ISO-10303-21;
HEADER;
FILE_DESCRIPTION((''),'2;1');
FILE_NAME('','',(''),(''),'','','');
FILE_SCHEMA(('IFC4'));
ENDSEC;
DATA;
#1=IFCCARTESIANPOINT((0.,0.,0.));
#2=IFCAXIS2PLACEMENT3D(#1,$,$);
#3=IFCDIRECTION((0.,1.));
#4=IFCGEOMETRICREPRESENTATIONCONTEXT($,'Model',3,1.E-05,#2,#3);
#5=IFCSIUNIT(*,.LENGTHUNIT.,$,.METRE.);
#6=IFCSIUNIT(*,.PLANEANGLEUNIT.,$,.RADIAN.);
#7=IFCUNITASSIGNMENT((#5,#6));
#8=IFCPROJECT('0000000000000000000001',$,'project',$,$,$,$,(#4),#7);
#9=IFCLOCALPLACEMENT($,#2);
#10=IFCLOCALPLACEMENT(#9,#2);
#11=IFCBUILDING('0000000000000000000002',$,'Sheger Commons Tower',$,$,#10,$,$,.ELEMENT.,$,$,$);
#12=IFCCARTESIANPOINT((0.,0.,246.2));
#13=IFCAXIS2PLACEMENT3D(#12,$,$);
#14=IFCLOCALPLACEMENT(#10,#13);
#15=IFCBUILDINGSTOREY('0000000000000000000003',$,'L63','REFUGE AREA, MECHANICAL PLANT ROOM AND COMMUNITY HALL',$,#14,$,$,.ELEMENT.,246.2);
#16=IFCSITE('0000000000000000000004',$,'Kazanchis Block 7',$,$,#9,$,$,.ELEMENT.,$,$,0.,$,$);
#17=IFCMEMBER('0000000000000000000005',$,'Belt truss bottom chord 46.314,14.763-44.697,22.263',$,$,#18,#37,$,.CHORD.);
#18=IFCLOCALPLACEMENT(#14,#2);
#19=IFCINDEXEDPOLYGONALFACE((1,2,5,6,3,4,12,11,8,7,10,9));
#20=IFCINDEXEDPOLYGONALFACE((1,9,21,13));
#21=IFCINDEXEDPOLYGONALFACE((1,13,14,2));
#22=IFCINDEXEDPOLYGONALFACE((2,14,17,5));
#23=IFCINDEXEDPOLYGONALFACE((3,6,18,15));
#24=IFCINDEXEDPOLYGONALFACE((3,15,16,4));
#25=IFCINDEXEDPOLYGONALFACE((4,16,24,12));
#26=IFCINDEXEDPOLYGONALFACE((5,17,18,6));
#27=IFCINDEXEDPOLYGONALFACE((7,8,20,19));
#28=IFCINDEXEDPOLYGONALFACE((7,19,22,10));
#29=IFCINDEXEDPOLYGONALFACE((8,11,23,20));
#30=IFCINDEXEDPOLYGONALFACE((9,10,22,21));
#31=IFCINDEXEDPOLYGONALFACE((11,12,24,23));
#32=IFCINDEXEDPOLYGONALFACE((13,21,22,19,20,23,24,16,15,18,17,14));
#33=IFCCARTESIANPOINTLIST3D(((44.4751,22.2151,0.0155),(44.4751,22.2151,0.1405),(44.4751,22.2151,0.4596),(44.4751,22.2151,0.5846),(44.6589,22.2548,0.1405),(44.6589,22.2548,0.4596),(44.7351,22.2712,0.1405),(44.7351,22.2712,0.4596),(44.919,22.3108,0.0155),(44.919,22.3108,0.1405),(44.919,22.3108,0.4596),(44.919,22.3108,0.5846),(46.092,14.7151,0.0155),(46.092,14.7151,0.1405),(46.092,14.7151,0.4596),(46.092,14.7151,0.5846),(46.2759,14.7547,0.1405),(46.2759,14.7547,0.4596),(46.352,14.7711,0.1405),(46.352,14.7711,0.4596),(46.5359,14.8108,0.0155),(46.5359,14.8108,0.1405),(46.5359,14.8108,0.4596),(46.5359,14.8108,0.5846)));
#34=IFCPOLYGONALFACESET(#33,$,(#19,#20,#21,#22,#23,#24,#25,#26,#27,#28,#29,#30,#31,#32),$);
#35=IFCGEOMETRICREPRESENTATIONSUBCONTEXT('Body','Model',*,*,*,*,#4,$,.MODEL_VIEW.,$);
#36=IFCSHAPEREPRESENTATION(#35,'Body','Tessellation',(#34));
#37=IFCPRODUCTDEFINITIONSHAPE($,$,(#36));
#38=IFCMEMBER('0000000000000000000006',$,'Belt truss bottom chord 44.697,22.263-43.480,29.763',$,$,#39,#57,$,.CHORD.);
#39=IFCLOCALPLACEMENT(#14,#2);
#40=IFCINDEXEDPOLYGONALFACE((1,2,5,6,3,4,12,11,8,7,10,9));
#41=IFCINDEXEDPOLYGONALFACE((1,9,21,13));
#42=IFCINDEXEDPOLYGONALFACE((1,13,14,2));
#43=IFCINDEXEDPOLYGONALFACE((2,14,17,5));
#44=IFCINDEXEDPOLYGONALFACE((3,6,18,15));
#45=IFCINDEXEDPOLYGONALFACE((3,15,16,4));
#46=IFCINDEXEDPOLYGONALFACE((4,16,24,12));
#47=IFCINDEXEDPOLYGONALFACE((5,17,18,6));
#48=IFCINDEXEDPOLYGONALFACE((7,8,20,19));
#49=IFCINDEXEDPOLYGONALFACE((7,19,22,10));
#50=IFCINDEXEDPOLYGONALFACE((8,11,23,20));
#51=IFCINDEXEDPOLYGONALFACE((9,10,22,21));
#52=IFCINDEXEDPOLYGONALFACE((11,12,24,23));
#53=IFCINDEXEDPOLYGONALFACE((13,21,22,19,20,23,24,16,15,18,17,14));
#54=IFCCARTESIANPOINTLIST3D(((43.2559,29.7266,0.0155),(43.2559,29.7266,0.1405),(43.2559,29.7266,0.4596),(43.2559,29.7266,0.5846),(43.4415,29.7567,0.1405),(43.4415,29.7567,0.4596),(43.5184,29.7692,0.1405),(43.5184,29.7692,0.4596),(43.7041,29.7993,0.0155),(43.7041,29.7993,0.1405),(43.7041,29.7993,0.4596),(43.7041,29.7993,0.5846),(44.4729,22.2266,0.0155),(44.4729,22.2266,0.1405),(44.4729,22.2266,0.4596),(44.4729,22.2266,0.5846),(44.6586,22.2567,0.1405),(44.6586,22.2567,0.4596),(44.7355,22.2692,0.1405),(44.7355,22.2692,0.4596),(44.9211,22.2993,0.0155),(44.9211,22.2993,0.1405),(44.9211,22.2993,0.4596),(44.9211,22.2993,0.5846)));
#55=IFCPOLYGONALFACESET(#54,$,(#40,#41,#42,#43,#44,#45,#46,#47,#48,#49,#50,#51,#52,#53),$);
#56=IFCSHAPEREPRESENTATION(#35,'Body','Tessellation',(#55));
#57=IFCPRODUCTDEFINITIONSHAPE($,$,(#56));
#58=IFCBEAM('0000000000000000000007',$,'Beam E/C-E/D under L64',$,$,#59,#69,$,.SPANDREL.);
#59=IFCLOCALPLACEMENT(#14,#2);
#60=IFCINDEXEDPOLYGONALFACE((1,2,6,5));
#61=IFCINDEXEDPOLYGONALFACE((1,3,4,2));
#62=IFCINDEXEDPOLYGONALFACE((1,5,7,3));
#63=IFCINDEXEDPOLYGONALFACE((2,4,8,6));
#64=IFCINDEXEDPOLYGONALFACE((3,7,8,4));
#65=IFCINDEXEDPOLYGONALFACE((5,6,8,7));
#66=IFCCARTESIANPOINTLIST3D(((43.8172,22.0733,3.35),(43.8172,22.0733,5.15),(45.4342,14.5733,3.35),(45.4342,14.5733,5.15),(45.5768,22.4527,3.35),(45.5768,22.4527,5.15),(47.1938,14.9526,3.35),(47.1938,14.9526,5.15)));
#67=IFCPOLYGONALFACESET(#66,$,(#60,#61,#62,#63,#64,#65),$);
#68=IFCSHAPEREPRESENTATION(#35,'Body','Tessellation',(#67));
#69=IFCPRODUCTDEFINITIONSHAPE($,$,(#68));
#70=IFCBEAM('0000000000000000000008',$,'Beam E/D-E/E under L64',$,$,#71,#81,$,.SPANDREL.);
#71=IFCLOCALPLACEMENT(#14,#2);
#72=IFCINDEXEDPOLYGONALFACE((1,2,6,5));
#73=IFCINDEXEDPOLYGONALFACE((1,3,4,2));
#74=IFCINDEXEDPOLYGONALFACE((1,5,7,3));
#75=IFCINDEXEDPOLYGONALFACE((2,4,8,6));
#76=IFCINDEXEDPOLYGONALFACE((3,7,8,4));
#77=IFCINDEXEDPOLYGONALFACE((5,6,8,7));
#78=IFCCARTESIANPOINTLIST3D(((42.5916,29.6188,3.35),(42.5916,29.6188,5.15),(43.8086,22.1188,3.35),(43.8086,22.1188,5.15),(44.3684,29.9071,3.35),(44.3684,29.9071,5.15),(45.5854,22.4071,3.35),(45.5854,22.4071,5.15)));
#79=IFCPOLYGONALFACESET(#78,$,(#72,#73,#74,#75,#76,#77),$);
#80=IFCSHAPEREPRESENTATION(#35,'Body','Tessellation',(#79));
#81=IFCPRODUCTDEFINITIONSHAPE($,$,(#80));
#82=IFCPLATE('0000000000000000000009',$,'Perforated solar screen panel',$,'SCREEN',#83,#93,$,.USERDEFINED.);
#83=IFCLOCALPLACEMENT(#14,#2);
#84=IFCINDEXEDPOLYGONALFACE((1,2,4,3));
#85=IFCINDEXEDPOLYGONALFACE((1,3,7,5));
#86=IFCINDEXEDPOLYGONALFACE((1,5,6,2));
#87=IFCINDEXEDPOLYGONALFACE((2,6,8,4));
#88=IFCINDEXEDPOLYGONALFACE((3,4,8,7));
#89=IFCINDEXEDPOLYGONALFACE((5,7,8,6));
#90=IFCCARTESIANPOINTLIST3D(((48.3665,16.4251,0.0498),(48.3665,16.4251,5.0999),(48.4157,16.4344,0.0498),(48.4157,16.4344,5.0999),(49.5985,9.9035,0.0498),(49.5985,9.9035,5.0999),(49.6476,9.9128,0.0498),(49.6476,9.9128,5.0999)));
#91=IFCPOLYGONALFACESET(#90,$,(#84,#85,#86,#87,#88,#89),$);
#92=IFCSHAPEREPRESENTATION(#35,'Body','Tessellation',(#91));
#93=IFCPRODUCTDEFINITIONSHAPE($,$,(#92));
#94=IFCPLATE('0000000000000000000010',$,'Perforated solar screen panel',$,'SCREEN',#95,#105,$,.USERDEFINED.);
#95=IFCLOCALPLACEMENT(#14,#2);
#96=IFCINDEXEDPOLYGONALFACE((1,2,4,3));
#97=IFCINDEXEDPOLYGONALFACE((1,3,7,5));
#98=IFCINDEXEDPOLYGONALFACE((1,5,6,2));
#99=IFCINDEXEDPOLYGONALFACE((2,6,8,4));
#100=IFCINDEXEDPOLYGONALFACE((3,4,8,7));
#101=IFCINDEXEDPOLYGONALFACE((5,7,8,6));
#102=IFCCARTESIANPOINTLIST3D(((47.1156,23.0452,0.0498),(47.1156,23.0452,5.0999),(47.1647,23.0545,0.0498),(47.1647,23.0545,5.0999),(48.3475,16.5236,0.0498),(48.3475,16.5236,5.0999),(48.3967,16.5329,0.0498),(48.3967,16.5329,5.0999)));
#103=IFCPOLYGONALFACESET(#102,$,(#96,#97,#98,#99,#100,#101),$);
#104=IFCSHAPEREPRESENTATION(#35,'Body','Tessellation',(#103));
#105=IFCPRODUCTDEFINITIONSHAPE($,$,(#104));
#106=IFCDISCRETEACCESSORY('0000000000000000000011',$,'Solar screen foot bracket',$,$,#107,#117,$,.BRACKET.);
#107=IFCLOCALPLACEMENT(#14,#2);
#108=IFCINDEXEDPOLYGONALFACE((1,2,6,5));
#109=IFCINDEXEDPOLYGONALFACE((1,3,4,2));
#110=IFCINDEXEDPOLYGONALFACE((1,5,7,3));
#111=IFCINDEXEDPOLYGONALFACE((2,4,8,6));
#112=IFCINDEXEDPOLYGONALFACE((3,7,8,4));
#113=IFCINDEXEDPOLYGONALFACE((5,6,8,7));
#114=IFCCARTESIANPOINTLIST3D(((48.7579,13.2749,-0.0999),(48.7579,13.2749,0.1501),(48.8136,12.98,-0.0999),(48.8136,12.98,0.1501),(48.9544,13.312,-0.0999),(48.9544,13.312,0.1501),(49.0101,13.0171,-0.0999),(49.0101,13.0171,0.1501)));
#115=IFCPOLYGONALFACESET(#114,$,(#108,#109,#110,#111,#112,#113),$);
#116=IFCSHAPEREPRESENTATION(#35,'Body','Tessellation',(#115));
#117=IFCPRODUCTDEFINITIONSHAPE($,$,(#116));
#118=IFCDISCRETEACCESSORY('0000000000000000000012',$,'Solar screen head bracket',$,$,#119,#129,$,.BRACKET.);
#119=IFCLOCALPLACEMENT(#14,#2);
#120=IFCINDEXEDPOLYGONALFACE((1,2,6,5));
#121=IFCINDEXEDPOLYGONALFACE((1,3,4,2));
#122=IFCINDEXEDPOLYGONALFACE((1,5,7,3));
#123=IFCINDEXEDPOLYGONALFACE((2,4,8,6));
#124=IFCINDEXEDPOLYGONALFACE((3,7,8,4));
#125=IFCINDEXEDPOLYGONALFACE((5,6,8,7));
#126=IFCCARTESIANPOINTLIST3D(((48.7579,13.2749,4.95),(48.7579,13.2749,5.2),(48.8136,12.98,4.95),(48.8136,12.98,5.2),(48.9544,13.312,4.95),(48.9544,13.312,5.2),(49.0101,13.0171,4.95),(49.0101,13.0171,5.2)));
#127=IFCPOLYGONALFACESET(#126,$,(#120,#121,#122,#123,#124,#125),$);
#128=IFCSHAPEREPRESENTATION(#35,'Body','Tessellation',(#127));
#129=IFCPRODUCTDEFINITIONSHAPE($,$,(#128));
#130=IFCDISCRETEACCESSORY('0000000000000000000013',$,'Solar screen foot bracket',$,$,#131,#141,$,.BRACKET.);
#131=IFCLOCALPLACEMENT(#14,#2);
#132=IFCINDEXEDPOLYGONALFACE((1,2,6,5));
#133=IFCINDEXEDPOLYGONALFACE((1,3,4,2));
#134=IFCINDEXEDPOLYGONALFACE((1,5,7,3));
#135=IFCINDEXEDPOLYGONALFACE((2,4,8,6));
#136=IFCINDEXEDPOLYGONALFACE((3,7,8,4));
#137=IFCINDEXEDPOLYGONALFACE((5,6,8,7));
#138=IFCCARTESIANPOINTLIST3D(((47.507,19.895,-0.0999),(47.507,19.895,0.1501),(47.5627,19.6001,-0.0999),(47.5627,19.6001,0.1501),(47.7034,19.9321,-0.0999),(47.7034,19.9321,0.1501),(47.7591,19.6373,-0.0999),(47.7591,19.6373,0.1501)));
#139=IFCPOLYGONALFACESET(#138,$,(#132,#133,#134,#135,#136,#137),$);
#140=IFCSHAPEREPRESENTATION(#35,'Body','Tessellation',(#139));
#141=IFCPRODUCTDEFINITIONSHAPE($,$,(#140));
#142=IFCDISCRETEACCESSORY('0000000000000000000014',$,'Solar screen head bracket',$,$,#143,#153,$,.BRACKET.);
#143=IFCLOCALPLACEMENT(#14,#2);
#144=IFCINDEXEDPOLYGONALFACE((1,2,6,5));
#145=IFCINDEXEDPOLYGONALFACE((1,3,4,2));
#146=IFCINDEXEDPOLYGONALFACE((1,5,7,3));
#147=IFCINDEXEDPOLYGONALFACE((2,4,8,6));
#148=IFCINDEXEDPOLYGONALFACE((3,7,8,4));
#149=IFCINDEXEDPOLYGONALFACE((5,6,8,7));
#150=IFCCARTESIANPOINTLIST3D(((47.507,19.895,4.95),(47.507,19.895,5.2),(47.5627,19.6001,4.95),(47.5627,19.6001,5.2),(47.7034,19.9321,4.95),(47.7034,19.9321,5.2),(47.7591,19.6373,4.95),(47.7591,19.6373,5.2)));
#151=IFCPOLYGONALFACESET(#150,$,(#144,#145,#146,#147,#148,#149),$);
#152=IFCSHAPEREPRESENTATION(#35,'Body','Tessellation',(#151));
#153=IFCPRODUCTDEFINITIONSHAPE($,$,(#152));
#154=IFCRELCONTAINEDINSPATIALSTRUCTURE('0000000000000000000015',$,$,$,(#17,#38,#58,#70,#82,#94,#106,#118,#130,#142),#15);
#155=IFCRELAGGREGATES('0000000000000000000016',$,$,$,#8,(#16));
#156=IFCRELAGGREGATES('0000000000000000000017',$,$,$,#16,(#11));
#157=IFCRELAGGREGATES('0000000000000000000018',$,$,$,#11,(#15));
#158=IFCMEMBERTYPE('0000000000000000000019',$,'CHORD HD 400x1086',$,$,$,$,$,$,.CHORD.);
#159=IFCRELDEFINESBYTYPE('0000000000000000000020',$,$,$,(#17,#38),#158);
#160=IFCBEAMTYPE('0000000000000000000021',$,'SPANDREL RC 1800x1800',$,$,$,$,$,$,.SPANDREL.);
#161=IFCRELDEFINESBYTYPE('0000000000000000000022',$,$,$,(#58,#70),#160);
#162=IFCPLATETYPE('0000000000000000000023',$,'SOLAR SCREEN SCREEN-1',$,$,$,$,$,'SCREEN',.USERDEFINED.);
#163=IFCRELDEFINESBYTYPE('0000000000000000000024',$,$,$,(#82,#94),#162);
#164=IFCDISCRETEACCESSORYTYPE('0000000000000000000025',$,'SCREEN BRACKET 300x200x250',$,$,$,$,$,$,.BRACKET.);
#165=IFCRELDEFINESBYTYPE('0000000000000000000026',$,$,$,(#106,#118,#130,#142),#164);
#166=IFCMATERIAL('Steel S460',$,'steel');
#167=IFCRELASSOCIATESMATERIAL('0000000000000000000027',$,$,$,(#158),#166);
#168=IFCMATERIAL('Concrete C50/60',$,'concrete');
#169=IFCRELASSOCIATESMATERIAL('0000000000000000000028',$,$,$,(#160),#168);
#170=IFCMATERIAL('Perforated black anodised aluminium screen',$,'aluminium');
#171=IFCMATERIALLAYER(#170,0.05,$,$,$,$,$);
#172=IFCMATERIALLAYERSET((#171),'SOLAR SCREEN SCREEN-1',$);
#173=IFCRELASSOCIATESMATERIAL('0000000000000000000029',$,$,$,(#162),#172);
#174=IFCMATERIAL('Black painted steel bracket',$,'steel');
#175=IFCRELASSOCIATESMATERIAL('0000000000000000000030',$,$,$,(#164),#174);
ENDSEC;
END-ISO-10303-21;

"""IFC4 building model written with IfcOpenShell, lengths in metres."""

from ifc_helpers import new_model, si_unit, direction, frame, origin, origin_2d, place, context, subcontext, project, spatial, rectangle, i_section, extrude, material, layer, layer_set, material_profile, profile_set, type_object, element, save


model = new_model("IFC4")

# Units and contexts
model_context = context("Model", 3, precision=1e-05, world=origin(), true_north=direction((0.0, 1.0)))
body_context = subcontext(model_context, "Body", "Model", "MODEL_VIEW")
ifc_project = project(units=[si_unit("LENGTHUNIT", "METRE"), si_unit("PLANEANGLEUNIT", "RADIAN")], contexts=[model_context])

# Site, building, storey
site_placement = place(None, origin())
site = spatial("IfcSite", under=ifc_project, at=site_placement, Name="Kazanchis Block 7", CompositionType="ELEMENT", RefElevation=0.0)
building_placement = place(site_placement, origin())
building = spatial("IfcBuilding", under=site, at=building_placement, Name="Sheger Commons Tower", CompositionType="ELEMENT")
storey_placement = place(building_placement, frame((0.0, 0.0, 246.2)))
storey = spatial("IfcBuildingStorey", under=building, at=storey_placement, Name="L63", Description="REFUGE AREA, MECHANICAL PLANT ROOM AND COMMUNITY HALL", CompositionType="ELEMENT", Elevation=246.2)

# Members
ifc_material_1 = material(Name="Steel S460", Category="steel")
ifc_material_profile_1 = material_profile(ifc_material_1, i_section(OverallWidth=0.4541, OverallDepth=0.5691, WebThickness=0.0779, FlangeThickness=0.125, at=origin_2d()), Name="HD 400x1086")
ifc_profile_set_1 = profile_set([ifc_material_profile_1], Name="Steel S460")
member_type_1 = type_object("IfcMemberType", Name="CHORD HD 400x1086", PredefinedType="CHORD", material=ifc_profile_set_1)
member_1_placement = place(storey_placement, frame((46.314, 14.7629, 0.3), z_axis=(-0.21075, 0.97754, 0.0), x_axis=(-0.97754, -0.21075, 0.0)))
element("IfcMember", 1, at=member_1_placement, inside=storey, type_object=member_type_1, Name="Belt truss bottom chord 46.314,14.763-44.697,22.263", PredefinedType="CHORD", context=body_context, shape_type="SweptSolid", body=[
    extrude(i_section(OverallWidth=0.4541, OverallDepth=0.5691, WebThickness=0.0779, FlangeThickness=0.125, at=origin_2d()), origin(), (0.0, 0.0, 1.0), 7.6724),
])
member_2_placement = place(storey_placement, frame((44.697, 22.2629, 0.3), z_axis=(-0.160177, 0.987088, 0.0), x_axis=(-0.987088, -0.160177, 0.0)))
element("IfcMember", 2, at=member_2_placement, inside=storey, type_object=member_type_1, Name="Belt truss bottom chord 44.697,22.263-43.480,29.763", PredefinedType="CHORD", context=body_context, shape_type="SweptSolid", body=[
    extrude(i_section(OverallWidth=0.4541, OverallDepth=0.5691, WebThickness=0.0779, FlangeThickness=0.125, at=origin_2d()), origin(), (0.0, 0.0, 1.0), 7.5981),
])

# Beams
ifc_material_2 = material(Name="Concrete C50/60", Category="concrete")
ifc_material_profile_2 = material_profile(ifc_material_2, rectangle(XDim=1.8, YDim=1.8, at=origin_2d()), Name="RC 1800x1800")
ifc_profile_set_2 = profile_set([ifc_material_profile_2], Name="Concrete C50/60")
beam_type_1 = type_object("IfcBeamType", Name="SPANDREL RC 1800x1800", PredefinedType="SPANDREL", material=ifc_profile_set_2)
beam_1_placement = place(storey_placement, frame((46.314, 14.7629, 4.25), z_axis=(-0.21075, 0.97754, 0.0), x_axis=(-0.97754, -0.21075, 0.0)))
element("IfcBeam", 3, at=beam_1_placement, inside=storey, type_object=beam_type_1, Name="Beam E/C-E/D under L64", PredefinedType="SPANDREL", context=body_context, shape_type="SweptSolid", body=[
    extrude(rectangle(XDim=1.8, YDim=1.8, at=origin_2d()), origin(), (0.0, 0.0, 1.0), 7.6724),
])
beam_2_placement = place(storey_placement, frame((44.697, 22.2629, 4.25), z_axis=(-0.160177, 0.987088, 0.0), x_axis=(-0.987088, -0.160177, 0.0)))
element("IfcBeam", 4, at=beam_2_placement, inside=storey, type_object=beam_type_1, Name="Beam E/D-E/E under L64", PredefinedType="SPANDREL", context=body_context, shape_type="SweptSolid", body=[
    extrude(rectangle(XDim=1.8, YDim=1.8, at=origin_2d()), origin(), (0.0, 0.0, 1.0), 7.5981),
])

# Plates
ifc_material_3 = material(Name="Perforated black anodised aluminium screen", Category="aluminium")
ifc_layer = layer(ifc_material_3, 0.05)
ifc_layer_set = layer_set([ifc_layer], Name="SOLAR SCREEN SCREEN-1")
plate_type = type_object("IfcPlateType", Name="SOLAR SCREEN SCREEN-1", ElementType="SCREEN", PredefinedType="USERDEFINED", material=ifc_layer_set)
for number, where, z_axis, x_axis, name in (
    (5, (49.0071, 13.1689, 0.0498), (0.0, 0.0, 1.0), (-0.185615, 0.982623, 0.0), "Perforated solar screen panel"),
    (6, (47.7561, 19.7891, 0.0498), (0.0, 0.0, 1.0), (-0.185615, 0.982623, 0.0), "Perforated solar screen panel"),
):
    element("IfcPlate", number, at=place(storey_placement, frame(where, z_axis=z_axis, x_axis=x_axis)), inside=storey, type_object=plate_type, Name=name, ObjectType="SCREEN", PredefinedType="USERDEFINED", context=body_context, shape_type="SweptSolid", body=[
        extrude(rectangle(XDim=6.637, YDim=0.05, at=origin_2d()), origin(), (0.0, 0.0, 1.0), 5.05),
    ])

# Discrete accessories
ifc_material_4 = material(Name="Black painted steel bracket", Category="steel")
discrete_accessory_type = type_object("IfcDiscreteAccessoryType", Name="SCREEN BRACKET 300x200x250", PredefinedType="BRACKET", material=ifc_material_4)
for number, where, z_axis, x_axis, name in (
    (7, (48.884, 13.146, -0.0999), (0.0, 0.0, 1.0), (-0.185615, 0.982623, 0.0), "Solar screen foot bracket"),
    (8, (48.884, 13.146, 4.95), (0.0, 0.0, 1.0), (-0.185615, 0.982623, 0.0), "Solar screen head bracket"),
    (9, (47.6331, 19.7661, -0.0999), (0.0, 0.0, 1.0), (-0.185615, 0.982623, 0.0), "Solar screen foot bracket"),
    (10, (47.6331, 19.7661, 4.95), (0.0, 0.0, 1.0), (-0.185615, 0.982623, 0.0), "Solar screen head bracket"),
):
    element("IfcDiscreteAccessory", number, at=place(storey_placement, frame(where, z_axis=z_axis, x_axis=x_axis)), inside=storey, type_object=discrete_accessory_type, Name=name, PredefinedType="BRACKET", context=body_context, shape_type="SweptSolid", body=[
        extrude(rectangle(XDim=0.3, YDim=0.2, at=origin_2d()), origin(), (0.0, 0.0, 1.0), 0.25),
    ])

save(model, "model.ifc")
